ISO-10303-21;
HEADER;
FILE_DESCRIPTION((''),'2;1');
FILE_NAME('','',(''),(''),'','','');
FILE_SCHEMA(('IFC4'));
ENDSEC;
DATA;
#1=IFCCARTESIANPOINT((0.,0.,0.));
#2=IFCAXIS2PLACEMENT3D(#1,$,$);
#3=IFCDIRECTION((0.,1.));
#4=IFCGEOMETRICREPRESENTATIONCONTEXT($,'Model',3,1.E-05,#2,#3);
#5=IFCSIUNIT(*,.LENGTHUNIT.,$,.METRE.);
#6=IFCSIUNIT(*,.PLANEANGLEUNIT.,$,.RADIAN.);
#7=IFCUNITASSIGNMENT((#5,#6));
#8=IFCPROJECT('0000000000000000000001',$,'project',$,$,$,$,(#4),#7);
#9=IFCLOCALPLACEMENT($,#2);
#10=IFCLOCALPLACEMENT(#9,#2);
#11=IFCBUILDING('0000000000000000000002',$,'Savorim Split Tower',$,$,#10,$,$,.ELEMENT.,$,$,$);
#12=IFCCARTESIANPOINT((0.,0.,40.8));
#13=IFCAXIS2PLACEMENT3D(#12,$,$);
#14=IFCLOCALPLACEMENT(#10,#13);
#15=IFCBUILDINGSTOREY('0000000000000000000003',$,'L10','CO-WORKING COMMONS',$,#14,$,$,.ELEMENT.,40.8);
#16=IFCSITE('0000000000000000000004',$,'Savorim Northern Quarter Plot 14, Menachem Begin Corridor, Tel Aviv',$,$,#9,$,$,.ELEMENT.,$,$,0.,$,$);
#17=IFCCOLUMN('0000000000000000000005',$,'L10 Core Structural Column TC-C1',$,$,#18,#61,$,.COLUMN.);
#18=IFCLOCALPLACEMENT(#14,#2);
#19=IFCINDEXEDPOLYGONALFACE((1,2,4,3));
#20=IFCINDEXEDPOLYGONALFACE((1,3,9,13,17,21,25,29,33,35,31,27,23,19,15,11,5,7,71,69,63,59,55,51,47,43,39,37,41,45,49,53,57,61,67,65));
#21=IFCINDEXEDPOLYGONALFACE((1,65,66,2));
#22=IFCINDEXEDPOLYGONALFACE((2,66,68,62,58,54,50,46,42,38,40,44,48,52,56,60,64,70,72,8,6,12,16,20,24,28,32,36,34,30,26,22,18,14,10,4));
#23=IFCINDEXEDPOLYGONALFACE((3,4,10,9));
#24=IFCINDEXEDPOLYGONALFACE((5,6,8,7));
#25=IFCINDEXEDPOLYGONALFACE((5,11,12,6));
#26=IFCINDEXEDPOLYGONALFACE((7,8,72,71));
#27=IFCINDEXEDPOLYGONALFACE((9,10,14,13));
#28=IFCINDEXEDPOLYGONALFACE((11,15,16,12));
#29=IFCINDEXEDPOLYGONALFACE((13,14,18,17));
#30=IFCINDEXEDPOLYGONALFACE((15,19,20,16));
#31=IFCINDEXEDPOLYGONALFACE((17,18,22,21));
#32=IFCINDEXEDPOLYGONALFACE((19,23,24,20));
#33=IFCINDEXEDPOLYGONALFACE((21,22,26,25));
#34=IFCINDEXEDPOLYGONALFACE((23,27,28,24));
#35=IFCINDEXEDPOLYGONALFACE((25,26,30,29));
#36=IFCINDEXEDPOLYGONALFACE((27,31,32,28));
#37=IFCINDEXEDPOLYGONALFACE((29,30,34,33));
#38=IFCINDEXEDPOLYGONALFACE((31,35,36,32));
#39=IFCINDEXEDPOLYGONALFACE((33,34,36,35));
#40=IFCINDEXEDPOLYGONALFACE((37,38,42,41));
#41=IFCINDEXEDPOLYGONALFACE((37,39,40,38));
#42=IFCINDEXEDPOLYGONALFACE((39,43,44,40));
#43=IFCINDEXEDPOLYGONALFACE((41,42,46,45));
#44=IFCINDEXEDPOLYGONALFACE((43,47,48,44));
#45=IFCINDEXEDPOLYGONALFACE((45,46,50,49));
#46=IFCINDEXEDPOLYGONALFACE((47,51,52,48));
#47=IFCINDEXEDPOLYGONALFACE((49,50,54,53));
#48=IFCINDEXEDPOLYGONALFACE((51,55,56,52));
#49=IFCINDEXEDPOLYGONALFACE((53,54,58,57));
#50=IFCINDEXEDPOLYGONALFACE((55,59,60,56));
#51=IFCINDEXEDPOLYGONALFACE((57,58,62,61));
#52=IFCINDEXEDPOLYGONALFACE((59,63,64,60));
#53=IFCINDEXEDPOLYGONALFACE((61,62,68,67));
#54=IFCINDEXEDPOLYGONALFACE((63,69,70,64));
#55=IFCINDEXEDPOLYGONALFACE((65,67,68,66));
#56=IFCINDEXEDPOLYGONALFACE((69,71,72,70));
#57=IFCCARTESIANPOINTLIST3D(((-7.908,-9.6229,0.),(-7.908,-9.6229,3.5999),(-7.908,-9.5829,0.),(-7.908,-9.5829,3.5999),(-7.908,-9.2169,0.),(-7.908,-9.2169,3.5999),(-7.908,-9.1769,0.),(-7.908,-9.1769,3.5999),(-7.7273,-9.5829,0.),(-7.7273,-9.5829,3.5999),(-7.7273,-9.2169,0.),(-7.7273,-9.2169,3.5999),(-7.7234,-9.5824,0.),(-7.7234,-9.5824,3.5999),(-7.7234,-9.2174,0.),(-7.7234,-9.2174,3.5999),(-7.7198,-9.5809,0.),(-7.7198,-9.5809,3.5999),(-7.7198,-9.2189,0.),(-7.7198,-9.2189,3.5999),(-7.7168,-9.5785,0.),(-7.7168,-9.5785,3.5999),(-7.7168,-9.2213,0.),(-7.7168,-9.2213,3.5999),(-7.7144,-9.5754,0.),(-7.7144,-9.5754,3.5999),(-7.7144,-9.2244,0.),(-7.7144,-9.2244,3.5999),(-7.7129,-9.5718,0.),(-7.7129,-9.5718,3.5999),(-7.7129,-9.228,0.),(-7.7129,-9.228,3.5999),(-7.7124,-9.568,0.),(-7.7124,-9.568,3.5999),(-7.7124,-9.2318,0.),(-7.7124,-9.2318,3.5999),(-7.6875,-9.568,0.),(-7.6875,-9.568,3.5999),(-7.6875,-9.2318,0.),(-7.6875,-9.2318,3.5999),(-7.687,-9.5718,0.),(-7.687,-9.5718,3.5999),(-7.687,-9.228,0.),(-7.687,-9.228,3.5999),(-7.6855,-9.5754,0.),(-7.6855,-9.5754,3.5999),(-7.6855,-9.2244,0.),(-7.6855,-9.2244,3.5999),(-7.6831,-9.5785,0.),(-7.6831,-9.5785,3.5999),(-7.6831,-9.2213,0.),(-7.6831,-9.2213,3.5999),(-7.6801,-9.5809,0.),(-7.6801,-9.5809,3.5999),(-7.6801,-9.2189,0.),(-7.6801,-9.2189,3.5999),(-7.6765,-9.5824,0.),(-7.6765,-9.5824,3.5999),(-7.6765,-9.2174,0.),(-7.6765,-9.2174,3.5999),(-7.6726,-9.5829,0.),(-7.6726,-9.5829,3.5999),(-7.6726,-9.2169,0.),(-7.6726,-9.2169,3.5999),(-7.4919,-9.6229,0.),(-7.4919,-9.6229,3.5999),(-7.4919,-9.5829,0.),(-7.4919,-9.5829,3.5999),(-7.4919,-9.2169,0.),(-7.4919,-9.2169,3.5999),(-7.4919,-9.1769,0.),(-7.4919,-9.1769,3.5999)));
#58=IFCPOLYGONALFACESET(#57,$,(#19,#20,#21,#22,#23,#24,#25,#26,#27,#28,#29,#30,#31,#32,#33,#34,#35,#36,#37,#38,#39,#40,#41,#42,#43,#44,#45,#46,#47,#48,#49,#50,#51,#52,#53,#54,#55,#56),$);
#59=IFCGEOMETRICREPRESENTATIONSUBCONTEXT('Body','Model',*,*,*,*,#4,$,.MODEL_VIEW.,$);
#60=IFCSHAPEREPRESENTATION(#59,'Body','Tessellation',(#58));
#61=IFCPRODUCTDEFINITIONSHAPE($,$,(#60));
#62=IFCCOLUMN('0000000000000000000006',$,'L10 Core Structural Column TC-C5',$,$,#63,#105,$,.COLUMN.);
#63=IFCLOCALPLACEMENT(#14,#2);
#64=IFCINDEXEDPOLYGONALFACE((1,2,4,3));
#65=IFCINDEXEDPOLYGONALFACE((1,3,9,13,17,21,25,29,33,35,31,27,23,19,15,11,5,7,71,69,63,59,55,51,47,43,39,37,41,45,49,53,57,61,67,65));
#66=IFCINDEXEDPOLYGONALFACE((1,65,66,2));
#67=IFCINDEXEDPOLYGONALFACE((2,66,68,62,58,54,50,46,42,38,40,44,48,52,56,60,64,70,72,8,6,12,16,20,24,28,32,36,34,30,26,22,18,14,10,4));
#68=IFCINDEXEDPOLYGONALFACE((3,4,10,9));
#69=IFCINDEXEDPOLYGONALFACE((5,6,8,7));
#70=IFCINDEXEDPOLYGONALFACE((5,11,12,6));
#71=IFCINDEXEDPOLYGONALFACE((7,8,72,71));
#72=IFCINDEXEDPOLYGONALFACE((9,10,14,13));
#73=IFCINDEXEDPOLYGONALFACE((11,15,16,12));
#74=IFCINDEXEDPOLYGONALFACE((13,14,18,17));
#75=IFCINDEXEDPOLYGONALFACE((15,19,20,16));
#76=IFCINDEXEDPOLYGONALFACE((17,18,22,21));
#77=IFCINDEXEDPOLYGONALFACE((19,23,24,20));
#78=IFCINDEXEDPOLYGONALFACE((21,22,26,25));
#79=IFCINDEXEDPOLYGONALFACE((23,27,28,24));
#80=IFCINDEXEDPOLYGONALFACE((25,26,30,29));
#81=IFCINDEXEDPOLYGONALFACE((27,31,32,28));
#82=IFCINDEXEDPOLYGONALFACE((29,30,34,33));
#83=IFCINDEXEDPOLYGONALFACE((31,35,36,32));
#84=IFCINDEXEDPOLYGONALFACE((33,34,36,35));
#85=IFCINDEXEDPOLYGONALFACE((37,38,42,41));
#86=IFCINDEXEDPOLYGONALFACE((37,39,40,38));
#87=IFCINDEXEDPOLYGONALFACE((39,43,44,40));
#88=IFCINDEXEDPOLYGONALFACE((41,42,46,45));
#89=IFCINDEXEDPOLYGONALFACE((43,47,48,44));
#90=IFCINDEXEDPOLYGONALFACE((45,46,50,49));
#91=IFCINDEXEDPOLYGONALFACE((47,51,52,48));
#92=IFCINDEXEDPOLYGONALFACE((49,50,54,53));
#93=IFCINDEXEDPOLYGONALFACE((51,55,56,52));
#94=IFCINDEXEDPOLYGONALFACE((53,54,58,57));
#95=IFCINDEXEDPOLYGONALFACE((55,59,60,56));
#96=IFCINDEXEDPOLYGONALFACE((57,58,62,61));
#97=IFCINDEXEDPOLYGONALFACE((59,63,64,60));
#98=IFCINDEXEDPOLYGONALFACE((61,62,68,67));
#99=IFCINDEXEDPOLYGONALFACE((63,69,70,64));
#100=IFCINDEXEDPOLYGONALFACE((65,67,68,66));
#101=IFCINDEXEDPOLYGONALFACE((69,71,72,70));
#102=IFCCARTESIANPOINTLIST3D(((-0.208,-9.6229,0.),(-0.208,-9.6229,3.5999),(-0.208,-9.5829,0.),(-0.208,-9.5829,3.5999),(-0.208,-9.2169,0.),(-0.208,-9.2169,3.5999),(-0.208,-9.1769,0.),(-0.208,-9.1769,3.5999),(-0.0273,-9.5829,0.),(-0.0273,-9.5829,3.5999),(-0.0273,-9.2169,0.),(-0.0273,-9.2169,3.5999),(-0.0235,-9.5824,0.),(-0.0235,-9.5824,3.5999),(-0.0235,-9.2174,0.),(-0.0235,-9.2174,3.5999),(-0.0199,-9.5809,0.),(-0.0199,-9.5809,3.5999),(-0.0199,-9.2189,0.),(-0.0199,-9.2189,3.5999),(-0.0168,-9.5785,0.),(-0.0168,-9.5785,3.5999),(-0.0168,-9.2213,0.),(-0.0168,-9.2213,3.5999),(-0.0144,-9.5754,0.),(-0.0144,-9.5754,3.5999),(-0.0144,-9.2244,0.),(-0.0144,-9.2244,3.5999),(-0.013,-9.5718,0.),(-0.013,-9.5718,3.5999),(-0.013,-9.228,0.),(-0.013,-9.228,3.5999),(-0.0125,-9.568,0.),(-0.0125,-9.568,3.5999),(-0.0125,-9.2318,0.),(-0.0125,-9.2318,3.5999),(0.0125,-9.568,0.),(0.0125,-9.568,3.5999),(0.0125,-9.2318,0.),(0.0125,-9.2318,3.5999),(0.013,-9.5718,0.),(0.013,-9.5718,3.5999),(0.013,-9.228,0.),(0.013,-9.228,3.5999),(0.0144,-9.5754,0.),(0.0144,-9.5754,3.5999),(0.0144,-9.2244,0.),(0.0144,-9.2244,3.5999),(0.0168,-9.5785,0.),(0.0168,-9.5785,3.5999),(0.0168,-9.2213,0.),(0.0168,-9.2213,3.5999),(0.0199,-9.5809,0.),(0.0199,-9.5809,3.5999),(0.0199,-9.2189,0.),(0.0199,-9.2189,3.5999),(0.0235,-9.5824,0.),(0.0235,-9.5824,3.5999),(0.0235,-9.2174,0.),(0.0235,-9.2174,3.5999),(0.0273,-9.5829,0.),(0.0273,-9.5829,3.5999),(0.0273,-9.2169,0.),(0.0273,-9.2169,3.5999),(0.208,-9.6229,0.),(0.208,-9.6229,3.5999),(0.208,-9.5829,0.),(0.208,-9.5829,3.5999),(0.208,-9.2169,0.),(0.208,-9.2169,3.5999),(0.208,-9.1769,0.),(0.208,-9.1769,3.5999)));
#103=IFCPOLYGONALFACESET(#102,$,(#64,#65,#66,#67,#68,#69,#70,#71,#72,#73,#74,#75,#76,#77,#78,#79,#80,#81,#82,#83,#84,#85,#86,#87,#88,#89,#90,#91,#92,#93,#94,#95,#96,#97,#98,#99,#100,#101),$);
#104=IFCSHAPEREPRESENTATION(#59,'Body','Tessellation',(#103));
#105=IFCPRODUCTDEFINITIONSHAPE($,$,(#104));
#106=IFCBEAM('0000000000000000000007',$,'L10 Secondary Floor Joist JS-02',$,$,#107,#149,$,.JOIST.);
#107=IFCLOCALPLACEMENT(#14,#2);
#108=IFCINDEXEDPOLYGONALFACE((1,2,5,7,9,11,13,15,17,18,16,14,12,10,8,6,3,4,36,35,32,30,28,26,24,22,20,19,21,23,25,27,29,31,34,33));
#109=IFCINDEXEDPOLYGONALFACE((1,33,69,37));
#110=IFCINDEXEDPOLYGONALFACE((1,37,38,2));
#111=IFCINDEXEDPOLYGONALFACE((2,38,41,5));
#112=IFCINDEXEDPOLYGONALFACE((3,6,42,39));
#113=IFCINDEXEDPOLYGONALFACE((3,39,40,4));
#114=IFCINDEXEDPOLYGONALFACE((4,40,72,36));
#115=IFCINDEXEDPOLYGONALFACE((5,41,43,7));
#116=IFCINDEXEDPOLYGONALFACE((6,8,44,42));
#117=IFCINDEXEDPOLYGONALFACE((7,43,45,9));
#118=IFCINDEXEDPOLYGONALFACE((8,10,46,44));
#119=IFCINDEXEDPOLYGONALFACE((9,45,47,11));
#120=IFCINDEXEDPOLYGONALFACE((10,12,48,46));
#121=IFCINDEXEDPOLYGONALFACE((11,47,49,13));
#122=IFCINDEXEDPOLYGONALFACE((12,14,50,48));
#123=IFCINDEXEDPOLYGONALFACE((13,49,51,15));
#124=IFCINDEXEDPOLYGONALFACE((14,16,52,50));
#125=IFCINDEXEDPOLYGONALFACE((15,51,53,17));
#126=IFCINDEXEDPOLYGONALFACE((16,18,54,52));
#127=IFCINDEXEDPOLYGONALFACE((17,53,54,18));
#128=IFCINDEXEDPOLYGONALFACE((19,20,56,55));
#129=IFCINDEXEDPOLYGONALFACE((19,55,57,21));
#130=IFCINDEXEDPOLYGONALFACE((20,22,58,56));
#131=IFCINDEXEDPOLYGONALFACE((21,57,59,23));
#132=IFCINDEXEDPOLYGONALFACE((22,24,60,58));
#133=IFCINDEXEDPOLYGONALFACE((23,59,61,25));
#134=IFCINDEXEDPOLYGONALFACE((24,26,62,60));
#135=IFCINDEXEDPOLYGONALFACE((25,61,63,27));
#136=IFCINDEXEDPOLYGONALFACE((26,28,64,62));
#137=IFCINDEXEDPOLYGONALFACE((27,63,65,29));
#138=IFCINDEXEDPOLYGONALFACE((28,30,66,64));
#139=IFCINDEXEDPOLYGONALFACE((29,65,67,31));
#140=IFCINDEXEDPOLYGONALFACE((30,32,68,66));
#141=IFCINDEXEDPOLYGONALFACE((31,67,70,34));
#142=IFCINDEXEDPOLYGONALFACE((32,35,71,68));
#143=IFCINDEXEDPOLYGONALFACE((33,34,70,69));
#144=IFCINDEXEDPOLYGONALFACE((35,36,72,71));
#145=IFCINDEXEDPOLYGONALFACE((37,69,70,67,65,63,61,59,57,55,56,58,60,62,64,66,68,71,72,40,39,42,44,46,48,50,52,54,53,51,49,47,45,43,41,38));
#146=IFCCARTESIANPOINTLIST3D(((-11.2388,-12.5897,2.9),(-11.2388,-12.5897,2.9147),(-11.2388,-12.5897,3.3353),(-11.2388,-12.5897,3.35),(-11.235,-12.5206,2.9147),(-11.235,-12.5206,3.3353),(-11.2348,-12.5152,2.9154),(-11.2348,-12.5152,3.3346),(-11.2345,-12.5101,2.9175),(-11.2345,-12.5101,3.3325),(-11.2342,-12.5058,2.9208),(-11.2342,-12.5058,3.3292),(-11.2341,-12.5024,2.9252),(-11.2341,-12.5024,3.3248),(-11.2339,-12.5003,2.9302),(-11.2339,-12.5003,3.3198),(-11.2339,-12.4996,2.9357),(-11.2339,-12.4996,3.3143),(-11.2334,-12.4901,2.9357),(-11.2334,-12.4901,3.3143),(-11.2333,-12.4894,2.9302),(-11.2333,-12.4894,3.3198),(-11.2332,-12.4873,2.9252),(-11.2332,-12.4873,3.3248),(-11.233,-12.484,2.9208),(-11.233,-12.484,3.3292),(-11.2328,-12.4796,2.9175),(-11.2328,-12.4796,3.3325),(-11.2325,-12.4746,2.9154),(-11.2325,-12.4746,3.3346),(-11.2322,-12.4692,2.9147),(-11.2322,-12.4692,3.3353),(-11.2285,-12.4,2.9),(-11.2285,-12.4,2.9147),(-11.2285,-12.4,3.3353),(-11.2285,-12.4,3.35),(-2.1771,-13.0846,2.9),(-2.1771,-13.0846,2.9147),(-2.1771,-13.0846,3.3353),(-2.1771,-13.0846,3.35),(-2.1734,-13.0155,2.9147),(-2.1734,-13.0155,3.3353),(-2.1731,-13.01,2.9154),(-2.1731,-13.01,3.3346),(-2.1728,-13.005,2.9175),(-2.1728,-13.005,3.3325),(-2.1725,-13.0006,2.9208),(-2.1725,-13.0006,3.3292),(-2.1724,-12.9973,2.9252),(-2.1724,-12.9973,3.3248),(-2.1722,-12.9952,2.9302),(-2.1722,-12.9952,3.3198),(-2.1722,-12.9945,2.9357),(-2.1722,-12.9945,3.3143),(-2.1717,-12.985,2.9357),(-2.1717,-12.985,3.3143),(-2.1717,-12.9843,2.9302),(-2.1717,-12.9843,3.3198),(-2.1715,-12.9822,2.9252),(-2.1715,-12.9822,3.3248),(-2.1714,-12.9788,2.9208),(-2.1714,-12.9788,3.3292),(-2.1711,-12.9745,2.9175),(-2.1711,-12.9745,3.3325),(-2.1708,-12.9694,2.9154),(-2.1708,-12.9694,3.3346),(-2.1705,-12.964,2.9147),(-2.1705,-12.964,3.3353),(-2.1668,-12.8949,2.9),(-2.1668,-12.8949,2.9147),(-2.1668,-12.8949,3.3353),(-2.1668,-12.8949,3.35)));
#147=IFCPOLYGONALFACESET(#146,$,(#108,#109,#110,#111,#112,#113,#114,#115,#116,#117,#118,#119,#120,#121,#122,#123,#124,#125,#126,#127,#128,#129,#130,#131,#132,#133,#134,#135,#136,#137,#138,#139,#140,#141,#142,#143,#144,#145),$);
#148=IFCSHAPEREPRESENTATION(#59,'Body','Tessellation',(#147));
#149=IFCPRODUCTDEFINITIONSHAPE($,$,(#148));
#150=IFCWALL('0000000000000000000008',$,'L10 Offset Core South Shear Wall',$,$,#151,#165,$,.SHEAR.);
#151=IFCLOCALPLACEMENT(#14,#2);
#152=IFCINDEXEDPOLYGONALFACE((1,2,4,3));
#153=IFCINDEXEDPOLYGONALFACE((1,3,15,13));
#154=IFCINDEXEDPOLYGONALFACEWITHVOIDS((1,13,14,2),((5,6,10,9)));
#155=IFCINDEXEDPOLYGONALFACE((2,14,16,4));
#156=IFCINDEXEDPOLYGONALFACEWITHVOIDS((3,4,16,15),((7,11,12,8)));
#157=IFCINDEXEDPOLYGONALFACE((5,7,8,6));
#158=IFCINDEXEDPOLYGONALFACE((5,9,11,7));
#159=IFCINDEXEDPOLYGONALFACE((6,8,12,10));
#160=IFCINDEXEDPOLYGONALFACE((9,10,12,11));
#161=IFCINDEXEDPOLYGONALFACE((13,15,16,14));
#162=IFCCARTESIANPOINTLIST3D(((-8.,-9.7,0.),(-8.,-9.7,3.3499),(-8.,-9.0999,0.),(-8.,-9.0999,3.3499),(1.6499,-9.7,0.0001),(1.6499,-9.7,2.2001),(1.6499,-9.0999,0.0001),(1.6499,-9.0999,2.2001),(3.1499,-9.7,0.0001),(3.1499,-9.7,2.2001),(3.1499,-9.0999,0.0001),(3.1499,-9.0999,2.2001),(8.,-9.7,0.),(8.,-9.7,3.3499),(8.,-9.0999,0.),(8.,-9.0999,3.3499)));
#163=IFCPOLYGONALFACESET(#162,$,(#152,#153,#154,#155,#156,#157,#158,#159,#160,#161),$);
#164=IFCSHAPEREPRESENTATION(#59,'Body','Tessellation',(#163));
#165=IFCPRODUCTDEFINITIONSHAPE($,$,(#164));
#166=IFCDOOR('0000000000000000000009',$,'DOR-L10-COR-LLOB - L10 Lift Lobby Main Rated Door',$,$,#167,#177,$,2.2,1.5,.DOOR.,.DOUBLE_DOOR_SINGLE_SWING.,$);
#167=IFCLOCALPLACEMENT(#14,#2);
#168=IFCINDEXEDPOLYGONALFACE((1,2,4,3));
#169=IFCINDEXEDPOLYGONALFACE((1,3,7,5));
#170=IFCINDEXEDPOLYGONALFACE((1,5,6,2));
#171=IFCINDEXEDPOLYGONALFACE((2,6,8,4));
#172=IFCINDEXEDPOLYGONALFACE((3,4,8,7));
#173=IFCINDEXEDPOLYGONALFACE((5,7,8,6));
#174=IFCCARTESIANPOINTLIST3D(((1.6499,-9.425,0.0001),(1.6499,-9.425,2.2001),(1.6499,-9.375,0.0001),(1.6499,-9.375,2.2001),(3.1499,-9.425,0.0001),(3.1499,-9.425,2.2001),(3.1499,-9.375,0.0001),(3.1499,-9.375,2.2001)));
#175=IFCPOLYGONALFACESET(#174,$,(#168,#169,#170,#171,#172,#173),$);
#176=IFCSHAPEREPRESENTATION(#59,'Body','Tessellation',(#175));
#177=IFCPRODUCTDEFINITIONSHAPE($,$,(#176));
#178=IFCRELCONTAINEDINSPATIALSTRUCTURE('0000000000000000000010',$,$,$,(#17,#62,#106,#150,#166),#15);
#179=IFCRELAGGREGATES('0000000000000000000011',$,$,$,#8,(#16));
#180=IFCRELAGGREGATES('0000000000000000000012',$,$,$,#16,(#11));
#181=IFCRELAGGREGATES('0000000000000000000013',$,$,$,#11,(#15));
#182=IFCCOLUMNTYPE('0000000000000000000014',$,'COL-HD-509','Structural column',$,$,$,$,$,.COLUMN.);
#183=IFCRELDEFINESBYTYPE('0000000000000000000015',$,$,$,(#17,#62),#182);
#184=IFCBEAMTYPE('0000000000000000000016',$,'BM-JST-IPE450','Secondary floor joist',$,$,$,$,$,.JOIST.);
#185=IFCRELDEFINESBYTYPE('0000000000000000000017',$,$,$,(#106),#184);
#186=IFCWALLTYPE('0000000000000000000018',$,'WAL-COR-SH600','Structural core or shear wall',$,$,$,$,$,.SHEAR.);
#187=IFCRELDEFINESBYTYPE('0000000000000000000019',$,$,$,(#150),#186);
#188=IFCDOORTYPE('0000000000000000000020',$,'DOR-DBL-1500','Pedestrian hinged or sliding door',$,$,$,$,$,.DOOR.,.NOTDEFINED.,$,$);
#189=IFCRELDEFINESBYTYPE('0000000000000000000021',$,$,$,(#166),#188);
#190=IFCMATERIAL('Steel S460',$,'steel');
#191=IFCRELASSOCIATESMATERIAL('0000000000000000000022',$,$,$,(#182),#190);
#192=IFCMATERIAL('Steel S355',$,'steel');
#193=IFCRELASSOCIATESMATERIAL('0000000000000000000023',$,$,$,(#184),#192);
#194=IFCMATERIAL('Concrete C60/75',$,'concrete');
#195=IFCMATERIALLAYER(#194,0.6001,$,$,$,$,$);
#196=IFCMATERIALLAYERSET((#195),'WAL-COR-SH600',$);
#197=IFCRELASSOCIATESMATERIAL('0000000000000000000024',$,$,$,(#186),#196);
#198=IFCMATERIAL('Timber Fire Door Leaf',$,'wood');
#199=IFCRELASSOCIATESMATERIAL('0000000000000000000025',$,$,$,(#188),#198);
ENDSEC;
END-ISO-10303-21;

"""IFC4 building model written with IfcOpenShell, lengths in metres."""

from ifc_helpers import new_model, si_unit, direction, frame, frame_2d, origin, origin_2d, place, context, subcontext, project, spatial, rectangle, i_section, extrude, material, layer, layer_set, material_profile, profile_set, type_object, element, fill, save


model = new_model("IFC4")

# Units and contexts
model_context = context("Model", 3, precision=1e-05, world=origin(), true_north=direction((0.0, 1.0)))
body_context = subcontext(model_context, "Body", "Model", "MODEL_VIEW")
ifc_project = project(units=[si_unit("LENGTHUNIT", "METRE"), si_unit("PLANEANGLEUNIT", "RADIAN")], contexts=[model_context])

# Site, building, storey
site_placement = place(None, origin())
site = spatial("IfcSite", under=ifc_project, at=site_placement, Name="Savorim Northern Quarter Plot 14, Menachem Begin Corridor, Tel Aviv", CompositionType="ELEMENT", RefElevation=0.0)
building_placement = place(site_placement, origin())
building = spatial("IfcBuilding", under=site, at=building_placement, Name="Savorim Split Tower", CompositionType="ELEMENT")
storey_placement = place(building_placement, frame((0.0, 0.0, 40.8)))
storey = spatial("IfcBuildingStorey", under=building, at=storey_placement, Name="L10", Description="CO-WORKING COMMONS", CompositionType="ELEMENT", Elevation=40.8)

# Columns
ifc_material_1 = material(Name="Steel S460", Category="steel")
ifc_material_profile_1 = material_profile(ifc_material_1, i_section(OverallWidth=0.416, OverallDepth=0.446, WebThickness=0.0249, FlangeThickness=0.04, FilletRadius=0.0149, at=origin_2d()), Name="HD 400x509")
ifc_profile_set_1 = profile_set([ifc_material_profile_1], Name="Steel S460")
column_type = type_object("IfcColumnType", Name="COL-HD-509", Description="Structural column", PredefinedType="COLUMN", material=ifc_profile_set_1)
for number, where, z_axis, x_axis, name in (
    (1, (-7.7, -9.3999, 0.0), (0.0, 0.0, 1.0), (1.0, 0.0, 0.0), "L10 Core Structural Column TC-C1"),
    (2, (0.0, -9.3999, 0.0), (0.0, 0.0, 1.0), (1.0, 0.0, 0.0), "L10 Core Structural Column TC-C5"),
):
    element("IfcColumn", number, at=place(storey_placement, frame(where, z_axis=z_axis, x_axis=x_axis)), inside=storey, type_object=column_type, Name=name, PredefinedType="COLUMN", context=body_context, shape_type="SweptSolid", body=[
        extrude(i_section(OverallWidth=0.416, OverallDepth=0.446, WebThickness=0.0249, FlangeThickness=0.04, FilletRadius=0.0149, at=origin_2d()), origin(), (0.0, 0.0, 1.0), 3.5999),
    ])

# Beam
ifc_material_2 = material(Name="Steel S355", Category="steel")
ifc_material_profile_2 = material_profile(ifc_material_2, i_section(OverallWidth=0.1899, OverallDepth=0.45, WebThickness=0.0095, FlangeThickness=0.0146, FilletRadius=0.021, at=origin_2d()), Name="IPE 450")
ifc_profile_set_2 = profile_set([ifc_material_profile_2], Name="Steel S355")
beam_type = type_object("IfcBeamType", Name="BM-JST-IPE450", Description="Secondary floor joist", PredefinedType="JOIST", material=ifc_profile_set_2)
beam_placement = place(storey_placement, frame((-11.2336, -12.4949, 3.125), z_axis=(0.998512, -0.05453, 0.0), x_axis=(0.05453, 0.998512, 0.0)))
element("IfcBeam", 3, at=beam_placement, inside=storey, type_object=beam_type, Name="L10 Secondary Floor Joist JS-02", PredefinedType="JOIST", context=body_context, shape_type="SweptSolid", body=[
    extrude(i_section(OverallWidth=0.1899, OverallDepth=0.45, WebThickness=0.0095, FlangeThickness=0.0146, FilletRadius=0.021, at=origin_2d()), origin(), (0.0, 0.0, 1.0), 9.0752),
])

# Wall, opening, door
ifc_material_3 = material(Name="Concrete C60/75", Category="concrete")
ifc_layer_1 = layer(ifc_material_3, 0.6001)
ifc_layer_set_1 = layer_set([ifc_layer_1], Name="WAL-COR-SH600")
wall_type_1 = type_object("IfcWallType", Name="WAL-COR-SH600", Description="Structural core or shear wall", PredefinedType="SHEAR", material=ifc_layer_set_1)
wall_1_placement = place(storey_placement, frame((-8.0, -9.3999, 0.0), z_axis=(0.0, 0.0, 1.0), x_axis=(1.0, 0.0, 0.0)))
wall_1 = element("IfcWall", 4, at=wall_1_placement, inside=storey, type_object=wall_type_1, Name="L10 Offset Core South Shear Wall", PredefinedType="SHEAR", context=body_context, shape_type="SweptSolid", body=[
    extrude(rectangle(XDim=16.0, YDim=0.6001, at=frame_2d((8.0, 0.0))), origin(), (0.0, 0.0, 1.0), 3.3499),
])
opening_1_placement = place(wall_1_placement, frame((9.6499, 0.0, 0.0)))
opening_1 = element("IfcOpeningElement", 5, at=opening_1_placement, cuts=wall_1, PredefinedType="OPENING", context=body_context, shape_type="SweptSolid", body=[
    extrude(rectangle(XDim=1.5, YDim=2.2, at=frame_2d((0.75, 1.1001))), frame((0.0, 0.3101, 0.0), z_axis=(0.0, -1.0, 0.0), x_axis=(1.0, 0.0, 0.0)), (0.0, 0.0, 1.0), 0.6201),
])
ifc_material_4 = material(Name="Timber Fire Door Leaf", Category="wood")
door_type_1 = type_object("IfcDoorType", Name="DOR-DBL-1500", Description="Pedestrian hinged or sliding door", OperationType="NOTDEFINED", PredefinedType="DOOR", material=ifc_material_4)
door_1_placement = place(opening_1_placement, origin())
door_1 = element("IfcDoor", 6, at=door_1_placement, inside=storey, type_object=door_type_1, Name="DOR-L10-COR-LLOB - L10 Lift Lobby Main Rated Door", OperationType="DOUBLE_DOOR_SINGLE_SWING", OverallHeight=2.2, OverallWidth=1.5, PredefinedType="DOOR", context=body_context, shape_type="SweptSolid", body=[
    extrude(rectangle(XDim=1.5, YDim=2.2, at=frame_2d((0.75, 1.1001))), frame((0.0, 0.0249, 0.0), z_axis=(0.0, -1.0, 0.0), x_axis=(1.0, 0.0, 0.0)), (0.0, 0.0, 1.0), 0.05),
])
fill(opening_1, door_1)

save(model, "model.ifc")
